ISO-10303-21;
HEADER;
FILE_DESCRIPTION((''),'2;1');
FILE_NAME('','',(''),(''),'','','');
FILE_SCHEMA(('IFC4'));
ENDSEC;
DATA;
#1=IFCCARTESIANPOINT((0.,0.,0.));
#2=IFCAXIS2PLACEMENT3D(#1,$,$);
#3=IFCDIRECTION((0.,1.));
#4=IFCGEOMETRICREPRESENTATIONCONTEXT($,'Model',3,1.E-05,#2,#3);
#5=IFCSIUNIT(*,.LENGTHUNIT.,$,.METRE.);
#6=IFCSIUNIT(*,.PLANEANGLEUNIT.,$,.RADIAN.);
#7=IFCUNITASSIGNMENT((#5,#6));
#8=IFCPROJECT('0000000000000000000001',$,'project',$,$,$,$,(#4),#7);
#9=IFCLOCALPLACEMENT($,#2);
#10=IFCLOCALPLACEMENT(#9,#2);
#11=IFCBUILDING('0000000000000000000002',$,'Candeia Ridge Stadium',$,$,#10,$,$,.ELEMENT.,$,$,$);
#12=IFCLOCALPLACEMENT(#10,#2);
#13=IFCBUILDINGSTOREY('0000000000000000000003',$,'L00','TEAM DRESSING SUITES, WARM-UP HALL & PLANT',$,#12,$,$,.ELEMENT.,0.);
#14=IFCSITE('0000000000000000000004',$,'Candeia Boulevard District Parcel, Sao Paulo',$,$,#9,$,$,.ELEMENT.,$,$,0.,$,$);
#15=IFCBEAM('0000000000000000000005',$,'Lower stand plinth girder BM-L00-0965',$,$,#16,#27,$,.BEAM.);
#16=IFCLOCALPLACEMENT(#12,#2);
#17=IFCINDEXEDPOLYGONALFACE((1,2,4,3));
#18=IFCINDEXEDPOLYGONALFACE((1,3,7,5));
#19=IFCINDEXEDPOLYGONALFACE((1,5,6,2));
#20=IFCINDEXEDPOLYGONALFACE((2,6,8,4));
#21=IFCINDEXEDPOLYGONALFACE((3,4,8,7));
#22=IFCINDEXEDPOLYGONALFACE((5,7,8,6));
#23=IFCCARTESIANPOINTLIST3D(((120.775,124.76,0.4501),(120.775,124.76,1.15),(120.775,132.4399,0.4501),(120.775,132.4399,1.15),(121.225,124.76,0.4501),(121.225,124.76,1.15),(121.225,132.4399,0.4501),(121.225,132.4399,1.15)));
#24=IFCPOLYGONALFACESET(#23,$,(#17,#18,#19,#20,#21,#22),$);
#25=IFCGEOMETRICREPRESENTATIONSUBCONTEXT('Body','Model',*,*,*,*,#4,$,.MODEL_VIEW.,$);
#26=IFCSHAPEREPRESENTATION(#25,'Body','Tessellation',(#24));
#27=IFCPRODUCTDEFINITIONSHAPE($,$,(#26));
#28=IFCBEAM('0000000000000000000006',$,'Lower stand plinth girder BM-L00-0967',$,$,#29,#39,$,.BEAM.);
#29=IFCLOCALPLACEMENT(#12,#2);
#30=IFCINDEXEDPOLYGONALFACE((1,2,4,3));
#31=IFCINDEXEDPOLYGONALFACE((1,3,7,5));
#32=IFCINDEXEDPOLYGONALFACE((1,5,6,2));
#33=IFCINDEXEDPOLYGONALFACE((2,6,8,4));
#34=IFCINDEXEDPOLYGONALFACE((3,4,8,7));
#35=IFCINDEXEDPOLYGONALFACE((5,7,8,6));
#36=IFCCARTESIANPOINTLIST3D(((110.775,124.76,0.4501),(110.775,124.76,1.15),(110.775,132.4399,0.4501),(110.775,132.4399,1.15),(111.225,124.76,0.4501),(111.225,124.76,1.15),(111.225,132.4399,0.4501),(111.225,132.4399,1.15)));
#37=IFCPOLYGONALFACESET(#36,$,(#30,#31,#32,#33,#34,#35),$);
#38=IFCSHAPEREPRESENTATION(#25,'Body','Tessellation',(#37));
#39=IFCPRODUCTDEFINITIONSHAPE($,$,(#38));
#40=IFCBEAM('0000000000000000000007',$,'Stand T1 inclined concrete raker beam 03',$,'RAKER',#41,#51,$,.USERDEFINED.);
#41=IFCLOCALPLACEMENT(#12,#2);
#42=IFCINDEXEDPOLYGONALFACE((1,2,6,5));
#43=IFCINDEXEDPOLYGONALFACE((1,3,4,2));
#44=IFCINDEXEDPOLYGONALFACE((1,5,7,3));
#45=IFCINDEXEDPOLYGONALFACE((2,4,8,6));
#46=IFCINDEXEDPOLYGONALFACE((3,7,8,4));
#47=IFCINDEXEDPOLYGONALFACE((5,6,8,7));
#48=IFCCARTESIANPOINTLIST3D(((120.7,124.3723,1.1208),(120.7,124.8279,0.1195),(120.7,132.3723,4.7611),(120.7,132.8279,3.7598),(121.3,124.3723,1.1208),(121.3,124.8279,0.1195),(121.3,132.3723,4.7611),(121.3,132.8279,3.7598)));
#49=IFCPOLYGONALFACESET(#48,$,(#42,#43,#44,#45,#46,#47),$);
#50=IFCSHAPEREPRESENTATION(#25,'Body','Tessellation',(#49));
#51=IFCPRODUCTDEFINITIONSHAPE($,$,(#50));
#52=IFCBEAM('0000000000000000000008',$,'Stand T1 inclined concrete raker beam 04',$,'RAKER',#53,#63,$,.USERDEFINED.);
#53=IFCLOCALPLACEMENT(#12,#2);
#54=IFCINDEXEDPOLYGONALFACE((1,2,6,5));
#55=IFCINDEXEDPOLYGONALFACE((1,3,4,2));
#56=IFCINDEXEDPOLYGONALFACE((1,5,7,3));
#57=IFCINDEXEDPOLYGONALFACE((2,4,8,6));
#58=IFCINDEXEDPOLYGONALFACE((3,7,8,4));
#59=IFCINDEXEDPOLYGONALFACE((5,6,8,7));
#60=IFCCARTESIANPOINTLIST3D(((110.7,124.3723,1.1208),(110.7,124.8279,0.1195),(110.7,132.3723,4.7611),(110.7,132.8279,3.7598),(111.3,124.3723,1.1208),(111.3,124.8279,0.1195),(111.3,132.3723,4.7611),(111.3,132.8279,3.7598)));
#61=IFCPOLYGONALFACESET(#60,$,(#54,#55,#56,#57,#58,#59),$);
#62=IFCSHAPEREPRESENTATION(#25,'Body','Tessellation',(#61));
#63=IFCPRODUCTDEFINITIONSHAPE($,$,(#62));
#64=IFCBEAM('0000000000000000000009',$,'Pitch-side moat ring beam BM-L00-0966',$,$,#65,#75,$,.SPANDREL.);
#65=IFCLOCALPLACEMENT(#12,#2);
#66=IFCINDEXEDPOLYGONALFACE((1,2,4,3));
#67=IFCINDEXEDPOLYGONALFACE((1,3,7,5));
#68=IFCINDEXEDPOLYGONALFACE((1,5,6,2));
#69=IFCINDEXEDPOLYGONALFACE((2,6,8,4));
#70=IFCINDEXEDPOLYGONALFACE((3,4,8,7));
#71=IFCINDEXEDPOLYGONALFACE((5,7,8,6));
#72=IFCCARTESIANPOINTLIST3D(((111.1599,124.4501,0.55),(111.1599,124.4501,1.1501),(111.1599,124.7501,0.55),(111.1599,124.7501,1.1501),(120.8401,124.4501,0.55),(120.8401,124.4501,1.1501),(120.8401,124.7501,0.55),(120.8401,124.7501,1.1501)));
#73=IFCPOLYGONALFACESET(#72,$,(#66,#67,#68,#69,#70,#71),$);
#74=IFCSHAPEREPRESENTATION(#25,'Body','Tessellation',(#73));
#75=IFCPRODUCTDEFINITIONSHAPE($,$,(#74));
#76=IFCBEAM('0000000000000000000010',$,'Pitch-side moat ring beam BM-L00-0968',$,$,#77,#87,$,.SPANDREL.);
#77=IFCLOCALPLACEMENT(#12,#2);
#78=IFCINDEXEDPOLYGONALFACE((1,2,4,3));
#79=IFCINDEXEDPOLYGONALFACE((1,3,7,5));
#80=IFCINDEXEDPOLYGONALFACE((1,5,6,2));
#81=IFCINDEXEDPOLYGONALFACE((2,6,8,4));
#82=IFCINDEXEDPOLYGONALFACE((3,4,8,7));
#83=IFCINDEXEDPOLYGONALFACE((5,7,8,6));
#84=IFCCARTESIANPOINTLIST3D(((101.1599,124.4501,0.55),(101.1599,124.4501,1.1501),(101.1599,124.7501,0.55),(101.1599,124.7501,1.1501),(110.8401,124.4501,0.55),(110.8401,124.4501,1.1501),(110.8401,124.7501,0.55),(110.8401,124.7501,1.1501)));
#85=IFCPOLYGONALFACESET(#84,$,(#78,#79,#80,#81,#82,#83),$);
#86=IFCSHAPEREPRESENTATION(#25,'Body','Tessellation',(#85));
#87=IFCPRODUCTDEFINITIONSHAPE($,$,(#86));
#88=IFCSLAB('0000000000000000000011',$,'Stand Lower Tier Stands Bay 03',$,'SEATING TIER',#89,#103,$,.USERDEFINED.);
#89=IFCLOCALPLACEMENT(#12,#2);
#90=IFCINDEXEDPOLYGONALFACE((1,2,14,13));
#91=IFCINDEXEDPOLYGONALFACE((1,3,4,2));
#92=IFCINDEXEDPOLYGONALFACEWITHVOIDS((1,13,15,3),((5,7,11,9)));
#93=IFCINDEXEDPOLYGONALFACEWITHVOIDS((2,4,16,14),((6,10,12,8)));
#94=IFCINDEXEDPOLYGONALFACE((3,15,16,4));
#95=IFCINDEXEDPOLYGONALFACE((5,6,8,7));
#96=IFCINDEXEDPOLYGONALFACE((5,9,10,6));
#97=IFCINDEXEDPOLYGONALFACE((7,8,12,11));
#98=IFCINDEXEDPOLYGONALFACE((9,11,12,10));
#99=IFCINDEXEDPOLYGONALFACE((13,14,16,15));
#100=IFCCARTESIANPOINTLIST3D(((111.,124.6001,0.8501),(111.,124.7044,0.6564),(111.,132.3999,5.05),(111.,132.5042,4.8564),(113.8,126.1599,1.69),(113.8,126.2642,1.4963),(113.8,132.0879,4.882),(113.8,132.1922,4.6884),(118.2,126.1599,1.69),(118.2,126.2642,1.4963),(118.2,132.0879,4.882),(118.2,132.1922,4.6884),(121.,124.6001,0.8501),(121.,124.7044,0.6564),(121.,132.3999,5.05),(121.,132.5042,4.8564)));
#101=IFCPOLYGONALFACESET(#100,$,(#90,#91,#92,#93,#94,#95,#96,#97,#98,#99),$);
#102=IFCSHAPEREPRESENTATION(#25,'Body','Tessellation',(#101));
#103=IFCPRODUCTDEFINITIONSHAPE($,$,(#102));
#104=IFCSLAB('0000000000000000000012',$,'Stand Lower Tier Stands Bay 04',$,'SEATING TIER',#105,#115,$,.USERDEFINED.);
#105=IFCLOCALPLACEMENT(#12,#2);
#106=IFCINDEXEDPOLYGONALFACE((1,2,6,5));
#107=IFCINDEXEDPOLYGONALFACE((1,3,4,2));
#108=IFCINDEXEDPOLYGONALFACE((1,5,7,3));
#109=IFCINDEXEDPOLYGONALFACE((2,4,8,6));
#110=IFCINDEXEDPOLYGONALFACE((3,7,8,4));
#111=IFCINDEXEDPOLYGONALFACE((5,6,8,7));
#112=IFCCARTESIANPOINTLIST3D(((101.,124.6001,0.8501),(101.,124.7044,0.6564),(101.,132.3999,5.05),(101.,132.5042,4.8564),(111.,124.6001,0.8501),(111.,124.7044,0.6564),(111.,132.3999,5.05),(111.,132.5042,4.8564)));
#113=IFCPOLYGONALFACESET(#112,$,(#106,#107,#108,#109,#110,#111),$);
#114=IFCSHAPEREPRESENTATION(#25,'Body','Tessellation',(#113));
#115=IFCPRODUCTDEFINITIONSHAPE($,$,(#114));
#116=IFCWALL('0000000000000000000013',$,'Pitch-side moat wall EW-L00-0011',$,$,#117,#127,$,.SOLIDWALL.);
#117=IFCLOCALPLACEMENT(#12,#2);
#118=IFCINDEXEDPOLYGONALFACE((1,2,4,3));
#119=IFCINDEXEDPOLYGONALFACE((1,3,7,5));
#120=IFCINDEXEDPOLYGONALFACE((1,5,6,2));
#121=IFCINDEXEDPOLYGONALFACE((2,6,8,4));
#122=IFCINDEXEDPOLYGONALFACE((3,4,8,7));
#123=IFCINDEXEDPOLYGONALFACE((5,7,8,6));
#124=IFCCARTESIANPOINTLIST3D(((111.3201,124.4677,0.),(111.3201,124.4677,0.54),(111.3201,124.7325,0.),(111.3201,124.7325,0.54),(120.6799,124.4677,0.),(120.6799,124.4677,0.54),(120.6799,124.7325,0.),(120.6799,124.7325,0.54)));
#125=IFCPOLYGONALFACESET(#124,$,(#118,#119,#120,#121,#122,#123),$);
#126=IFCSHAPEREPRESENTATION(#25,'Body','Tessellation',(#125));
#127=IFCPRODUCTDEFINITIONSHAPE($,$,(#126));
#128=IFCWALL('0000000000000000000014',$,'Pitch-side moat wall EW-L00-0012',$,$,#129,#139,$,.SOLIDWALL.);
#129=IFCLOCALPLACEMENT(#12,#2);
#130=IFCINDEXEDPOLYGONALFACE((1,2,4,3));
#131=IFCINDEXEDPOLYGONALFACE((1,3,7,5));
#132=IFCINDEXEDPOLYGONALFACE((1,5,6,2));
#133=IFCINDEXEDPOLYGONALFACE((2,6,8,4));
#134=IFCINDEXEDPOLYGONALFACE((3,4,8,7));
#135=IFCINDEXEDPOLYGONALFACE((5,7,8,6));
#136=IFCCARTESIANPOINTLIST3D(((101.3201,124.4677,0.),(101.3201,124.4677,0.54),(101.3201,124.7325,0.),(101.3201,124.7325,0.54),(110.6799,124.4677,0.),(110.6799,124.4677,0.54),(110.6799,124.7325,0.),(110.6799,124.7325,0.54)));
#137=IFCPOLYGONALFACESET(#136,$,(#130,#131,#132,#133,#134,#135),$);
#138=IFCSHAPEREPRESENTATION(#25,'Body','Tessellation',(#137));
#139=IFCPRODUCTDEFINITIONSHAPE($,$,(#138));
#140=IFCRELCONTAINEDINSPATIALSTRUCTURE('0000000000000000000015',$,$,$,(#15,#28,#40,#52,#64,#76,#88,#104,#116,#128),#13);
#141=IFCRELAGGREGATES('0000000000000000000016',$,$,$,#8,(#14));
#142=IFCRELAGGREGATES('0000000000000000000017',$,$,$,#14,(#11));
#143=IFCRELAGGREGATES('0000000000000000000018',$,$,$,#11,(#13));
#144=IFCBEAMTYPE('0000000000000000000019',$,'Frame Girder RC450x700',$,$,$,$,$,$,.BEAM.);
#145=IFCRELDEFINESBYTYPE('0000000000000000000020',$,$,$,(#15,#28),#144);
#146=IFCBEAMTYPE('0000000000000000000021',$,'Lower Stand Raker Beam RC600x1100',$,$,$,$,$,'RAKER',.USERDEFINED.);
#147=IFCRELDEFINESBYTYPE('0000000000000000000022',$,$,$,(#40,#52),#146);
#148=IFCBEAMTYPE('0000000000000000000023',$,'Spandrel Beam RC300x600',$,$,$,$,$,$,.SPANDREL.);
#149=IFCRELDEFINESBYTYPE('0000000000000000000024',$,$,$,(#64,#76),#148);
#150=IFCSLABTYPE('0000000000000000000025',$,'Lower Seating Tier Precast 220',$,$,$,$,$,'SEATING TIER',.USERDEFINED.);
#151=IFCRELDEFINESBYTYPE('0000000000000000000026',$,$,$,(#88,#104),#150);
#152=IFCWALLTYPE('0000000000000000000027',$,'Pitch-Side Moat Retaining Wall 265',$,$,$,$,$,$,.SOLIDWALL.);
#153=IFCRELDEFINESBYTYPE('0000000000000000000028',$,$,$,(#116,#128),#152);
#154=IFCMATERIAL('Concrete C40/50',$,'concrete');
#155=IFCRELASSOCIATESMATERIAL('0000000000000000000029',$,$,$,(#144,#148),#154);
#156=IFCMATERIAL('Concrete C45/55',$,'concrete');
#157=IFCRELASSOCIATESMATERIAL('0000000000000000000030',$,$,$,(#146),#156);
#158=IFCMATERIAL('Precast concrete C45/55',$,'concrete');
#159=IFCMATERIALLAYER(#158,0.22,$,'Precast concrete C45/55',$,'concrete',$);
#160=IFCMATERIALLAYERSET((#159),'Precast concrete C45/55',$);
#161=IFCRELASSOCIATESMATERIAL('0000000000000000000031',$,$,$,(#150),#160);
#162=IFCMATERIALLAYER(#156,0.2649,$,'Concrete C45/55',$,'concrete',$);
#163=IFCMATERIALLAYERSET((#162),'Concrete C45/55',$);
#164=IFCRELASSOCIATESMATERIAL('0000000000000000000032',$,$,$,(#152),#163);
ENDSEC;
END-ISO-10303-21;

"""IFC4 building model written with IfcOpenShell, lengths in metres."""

from ifc_helpers import new_model, si_unit, direction, frame, frame_2d, origin, origin_2d, place, context, subcontext, project, spatial, polyline, rectangle, outline, extrude, material, layer, layer_set, material_profile, profile_set, type_object, element, save


model = new_model("IFC4")

# Units and contexts
model_context = context("Model", 3, precision=1e-05, world=origin(), true_north=direction((0.0, 1.0)))
body_context = subcontext(model_context, "Body", "Model", "MODEL_VIEW")
ifc_project = project(units=[si_unit("LENGTHUNIT", "METRE"), si_unit("PLANEANGLEUNIT", "RADIAN")], contexts=[model_context])

# Site, building, storey
site_placement = place(None, origin())
site = spatial("IfcSite", under=ifc_project, at=site_placement, Name="Candeia Boulevard District Parcel, Sao Paulo", CompositionType="ELEMENT", RefElevation=0.0)
building_placement = place(site_placement, origin())
building = spatial("IfcBuilding", under=site, at=building_placement, Name="Candeia Ridge Stadium", CompositionType="ELEMENT")
storey_placement = place(building_placement, origin())
storey = spatial("IfcBuildingStorey", under=building, at=storey_placement, Name="L00", Description="TEAM DRESSING SUITES, WARM-UP HALL & PLANT", CompositionType="ELEMENT", Elevation=0.0)

# Shared definitions
ifc_material_1 = material(Name="Concrete C40/50", Category="concrete")

# Beams
ifc_material_profile_1 = material_profile(ifc_material_1, rectangle(XDim=0.45, YDim=0.7, at=origin_2d()), Name="RC450x700", Category="concrete")
ifc_profile_set_1 = profile_set([ifc_material_profile_1], Name="Concrete C40/50")
beam_type_1 = type_object("IfcBeamType", Name="Frame Girder RC450x700", PredefinedType="BEAM", material=ifc_profile_set_1)
for number, where, z_axis, x_axis, name in (
    (1, (121.0, 124.76, 0.8), (0.0, 1.0, 0.0), (-1.0, 0.0, 0.0), "Lower stand plinth girder BM-L00-0965"),
    (2, (111.0, 124.76, 0.8), (0.0, 1.0, 0.0), (-1.0, 0.0, 0.0), "Lower stand plinth girder BM-L00-0967"),
):
    element("IfcBeam", number, at=place(storey_placement, frame(where, z_axis=z_axis, x_axis=x_axis)), inside=storey, type_object=beam_type_1, Name=name, PredefinedType="BEAM", context=body_context, shape_type="SweptSolid", body=[
        extrude(rectangle(XDim=0.45, YDim=0.7, at=origin_2d()), origin(), (0.0, 0.0, 1.0), 7.6799),
    ])
ifc_material_2 = material(Name="Concrete C45/55", Category="concrete")
ifc_material_profile_2 = material_profile(ifc_material_2, rectangle(XDim=0.6001, YDim=1.1001, at=origin_2d()), Name="RC600x1100", Category="concrete")
ifc_profile_set_2 = profile_set([ifc_material_profile_2], Name="Concrete C45/55")
beam_type_2 = type_object("IfcBeamType", Name="Lower Stand Raker Beam RC600x1100", ElementType="RAKER", PredefinedType="USERDEFINED", material=ifc_profile_set_2)
for number, where, z_axis, x_axis, name in (
    (3, (121.0, 124.6001, 0.6201), (0.0, 0.910194, 0.414182), (-1.0, 0.0, 0.0), "Stand T1 inclined concrete raker beam 03"),
    (4, (111.0, 124.6001, 0.6201), (0.0, 0.910194, 0.414182), (-1.0, 0.0, 0.0), "Stand T1 inclined concrete raker beam 04"),
):
    element("IfcBeam", number, at=place(storey_placement, frame(where, z_axis=z_axis, x_axis=x_axis)), inside=storey, type_object=beam_type_2, Name=name, ObjectType="RAKER", PredefinedType="USERDEFINED", context=body_context, shape_type="SweptSolid", body=[
        extrude(rectangle(XDim=0.6001, YDim=1.1001, at=origin_2d()), origin(), (0.0, 0.0, 1.0), 8.7893),
    ])
ifc_material_profile_3 = material_profile(ifc_material_1, rectangle(XDim=0.3, YDim=0.6001, at=origin_2d()), Name="RC300x600", Category="concrete")
ifc_profile_set_3 = profile_set([ifc_material_profile_3], Name="Concrete C40/50")
beam_type_3 = type_object("IfcBeamType", Name="Spandrel Beam RC300x600", PredefinedType="SPANDREL", material=ifc_profile_set_3)
for number, where, z_axis, x_axis, name in (
    (5, (120.8401, 124.6001, 0.8501), (-1.0, 0.0, 0.0), (0.0, -1.0, 0.0), "Pitch-side moat ring beam BM-L00-0966"),
    (6, (110.8401, 124.6001, 0.8501), (-1.0, 0.0, 0.0), (0.0, -1.0, 0.0), "Pitch-side moat ring beam BM-L00-0968"),
):
    element("IfcBeam", number, at=place(storey_placement, frame(where, z_axis=z_axis, x_axis=x_axis)), inside=storey, type_object=beam_type_3, Name=name, PredefinedType="SPANDREL", context=body_context, shape_type="SweptSolid", body=[
        extrude(rectangle(XDim=0.3, YDim=0.6001, at=origin_2d()), origin(), (0.0, 0.0, 1.0), 9.6802),
    ])

# Slabs
ifc_material_3 = material(Name="Precast concrete C45/55", Category="concrete")
ifc_layer_1 = layer(ifc_material_3, 0.22, Name="Precast concrete C45/55", Category="concrete")
ifc_layer_set_1 = layer_set([ifc_layer_1], Name="Precast concrete C45/55")
slab_type = type_object("IfcSlabType", Name="Lower Seating Tier Precast 220", ElementType="SEATING TIER", PredefinedType="USERDEFINED", material=ifc_layer_set_1)
slab_1_placement = place(storey_placement, frame((121.0, 124.6001, 0.8501), z_axis=(0.0, -0.474105, 0.880468), x_axis=(-1.0, 0.0, 0.0)))
element("IfcSlab", 7, at=slab_1_placement, inside=storey, type_object=slab_type, Name="Stand Lower Tier Stands Bay 03", ObjectType="SEATING TIER", PredefinedType="USERDEFINED", context=body_context, shape_type="SweptSolid", body=[
    extrude(outline(polyline([(0.0, 0.0), (10.0, 0.0), (10.0, -8.8587), (0.0, -8.8587), (0.0, 0.0)]), holes=[polyline([(2.8, -1.7715), (7.2, -1.7715), (7.2, -8.5043), (2.8, -8.5043), (2.8, -1.7715)])]), origin(), (0.0, 0.0, -1.0), 0.22),
])
slab_2_placement = place(storey_placement, frame((111.0, 124.6001, 0.8501), z_axis=(0.0, -0.474105, 0.880468), x_axis=(-1.0, 0.0, 0.0)))
element("IfcSlab", 8, at=slab_2_placement, inside=storey, type_object=slab_type, Name="Stand Lower Tier Stands Bay 04", ObjectType="SEATING TIER", PredefinedType="USERDEFINED", context=body_context, shape_type="SweptSolid", body=[
    extrude(outline(polyline([(0.0, 0.0), (10.0, 0.0), (10.0, -8.8587), (0.0, -8.8587), (0.0, 0.0)])), origin(), (0.0, 0.0, -1.0), 0.22),
])

# Walls
ifc_layer_2 = layer(ifc_material_2, 0.2649, Name="Concrete C45/55", Category="concrete")
ifc_layer_set_2 = layer_set([ifc_layer_2], Name="Concrete C45/55")
wall_type = type_object("IfcWallType", Name="Pitch-Side Moat Retaining Wall 265", PredefinedType="SOLIDWALL", material=ifc_layer_set_2)
for number, where, z_axis, x_axis, name in (
    (9, (120.6799, 124.6001, 0.0), (0.0, 0.0, 1.0), (-1.0, 0.0, 0.0), "Pitch-side moat wall EW-L00-0011"),
    (10, (110.6799, 124.6001, 0.0), (0.0, 0.0, 1.0), (-1.0, 0.0, 0.0), "Pitch-side moat wall EW-L00-0012"),
):
    element("IfcWall", number, at=place(storey_placement, frame(where, z_axis=z_axis, x_axis=x_axis)), inside=storey, type_object=wall_type, Name=name, PredefinedType="SOLIDWALL", context=body_context, shape_type="SweptSolid", body=[
        extrude(rectangle(XDim=9.3599, YDim=0.2649, at=frame_2d((4.6799, 0.0))), origin(), (0.0, 0.0, 1.0), 0.54),
    ])

save(model, "model.ifc")
